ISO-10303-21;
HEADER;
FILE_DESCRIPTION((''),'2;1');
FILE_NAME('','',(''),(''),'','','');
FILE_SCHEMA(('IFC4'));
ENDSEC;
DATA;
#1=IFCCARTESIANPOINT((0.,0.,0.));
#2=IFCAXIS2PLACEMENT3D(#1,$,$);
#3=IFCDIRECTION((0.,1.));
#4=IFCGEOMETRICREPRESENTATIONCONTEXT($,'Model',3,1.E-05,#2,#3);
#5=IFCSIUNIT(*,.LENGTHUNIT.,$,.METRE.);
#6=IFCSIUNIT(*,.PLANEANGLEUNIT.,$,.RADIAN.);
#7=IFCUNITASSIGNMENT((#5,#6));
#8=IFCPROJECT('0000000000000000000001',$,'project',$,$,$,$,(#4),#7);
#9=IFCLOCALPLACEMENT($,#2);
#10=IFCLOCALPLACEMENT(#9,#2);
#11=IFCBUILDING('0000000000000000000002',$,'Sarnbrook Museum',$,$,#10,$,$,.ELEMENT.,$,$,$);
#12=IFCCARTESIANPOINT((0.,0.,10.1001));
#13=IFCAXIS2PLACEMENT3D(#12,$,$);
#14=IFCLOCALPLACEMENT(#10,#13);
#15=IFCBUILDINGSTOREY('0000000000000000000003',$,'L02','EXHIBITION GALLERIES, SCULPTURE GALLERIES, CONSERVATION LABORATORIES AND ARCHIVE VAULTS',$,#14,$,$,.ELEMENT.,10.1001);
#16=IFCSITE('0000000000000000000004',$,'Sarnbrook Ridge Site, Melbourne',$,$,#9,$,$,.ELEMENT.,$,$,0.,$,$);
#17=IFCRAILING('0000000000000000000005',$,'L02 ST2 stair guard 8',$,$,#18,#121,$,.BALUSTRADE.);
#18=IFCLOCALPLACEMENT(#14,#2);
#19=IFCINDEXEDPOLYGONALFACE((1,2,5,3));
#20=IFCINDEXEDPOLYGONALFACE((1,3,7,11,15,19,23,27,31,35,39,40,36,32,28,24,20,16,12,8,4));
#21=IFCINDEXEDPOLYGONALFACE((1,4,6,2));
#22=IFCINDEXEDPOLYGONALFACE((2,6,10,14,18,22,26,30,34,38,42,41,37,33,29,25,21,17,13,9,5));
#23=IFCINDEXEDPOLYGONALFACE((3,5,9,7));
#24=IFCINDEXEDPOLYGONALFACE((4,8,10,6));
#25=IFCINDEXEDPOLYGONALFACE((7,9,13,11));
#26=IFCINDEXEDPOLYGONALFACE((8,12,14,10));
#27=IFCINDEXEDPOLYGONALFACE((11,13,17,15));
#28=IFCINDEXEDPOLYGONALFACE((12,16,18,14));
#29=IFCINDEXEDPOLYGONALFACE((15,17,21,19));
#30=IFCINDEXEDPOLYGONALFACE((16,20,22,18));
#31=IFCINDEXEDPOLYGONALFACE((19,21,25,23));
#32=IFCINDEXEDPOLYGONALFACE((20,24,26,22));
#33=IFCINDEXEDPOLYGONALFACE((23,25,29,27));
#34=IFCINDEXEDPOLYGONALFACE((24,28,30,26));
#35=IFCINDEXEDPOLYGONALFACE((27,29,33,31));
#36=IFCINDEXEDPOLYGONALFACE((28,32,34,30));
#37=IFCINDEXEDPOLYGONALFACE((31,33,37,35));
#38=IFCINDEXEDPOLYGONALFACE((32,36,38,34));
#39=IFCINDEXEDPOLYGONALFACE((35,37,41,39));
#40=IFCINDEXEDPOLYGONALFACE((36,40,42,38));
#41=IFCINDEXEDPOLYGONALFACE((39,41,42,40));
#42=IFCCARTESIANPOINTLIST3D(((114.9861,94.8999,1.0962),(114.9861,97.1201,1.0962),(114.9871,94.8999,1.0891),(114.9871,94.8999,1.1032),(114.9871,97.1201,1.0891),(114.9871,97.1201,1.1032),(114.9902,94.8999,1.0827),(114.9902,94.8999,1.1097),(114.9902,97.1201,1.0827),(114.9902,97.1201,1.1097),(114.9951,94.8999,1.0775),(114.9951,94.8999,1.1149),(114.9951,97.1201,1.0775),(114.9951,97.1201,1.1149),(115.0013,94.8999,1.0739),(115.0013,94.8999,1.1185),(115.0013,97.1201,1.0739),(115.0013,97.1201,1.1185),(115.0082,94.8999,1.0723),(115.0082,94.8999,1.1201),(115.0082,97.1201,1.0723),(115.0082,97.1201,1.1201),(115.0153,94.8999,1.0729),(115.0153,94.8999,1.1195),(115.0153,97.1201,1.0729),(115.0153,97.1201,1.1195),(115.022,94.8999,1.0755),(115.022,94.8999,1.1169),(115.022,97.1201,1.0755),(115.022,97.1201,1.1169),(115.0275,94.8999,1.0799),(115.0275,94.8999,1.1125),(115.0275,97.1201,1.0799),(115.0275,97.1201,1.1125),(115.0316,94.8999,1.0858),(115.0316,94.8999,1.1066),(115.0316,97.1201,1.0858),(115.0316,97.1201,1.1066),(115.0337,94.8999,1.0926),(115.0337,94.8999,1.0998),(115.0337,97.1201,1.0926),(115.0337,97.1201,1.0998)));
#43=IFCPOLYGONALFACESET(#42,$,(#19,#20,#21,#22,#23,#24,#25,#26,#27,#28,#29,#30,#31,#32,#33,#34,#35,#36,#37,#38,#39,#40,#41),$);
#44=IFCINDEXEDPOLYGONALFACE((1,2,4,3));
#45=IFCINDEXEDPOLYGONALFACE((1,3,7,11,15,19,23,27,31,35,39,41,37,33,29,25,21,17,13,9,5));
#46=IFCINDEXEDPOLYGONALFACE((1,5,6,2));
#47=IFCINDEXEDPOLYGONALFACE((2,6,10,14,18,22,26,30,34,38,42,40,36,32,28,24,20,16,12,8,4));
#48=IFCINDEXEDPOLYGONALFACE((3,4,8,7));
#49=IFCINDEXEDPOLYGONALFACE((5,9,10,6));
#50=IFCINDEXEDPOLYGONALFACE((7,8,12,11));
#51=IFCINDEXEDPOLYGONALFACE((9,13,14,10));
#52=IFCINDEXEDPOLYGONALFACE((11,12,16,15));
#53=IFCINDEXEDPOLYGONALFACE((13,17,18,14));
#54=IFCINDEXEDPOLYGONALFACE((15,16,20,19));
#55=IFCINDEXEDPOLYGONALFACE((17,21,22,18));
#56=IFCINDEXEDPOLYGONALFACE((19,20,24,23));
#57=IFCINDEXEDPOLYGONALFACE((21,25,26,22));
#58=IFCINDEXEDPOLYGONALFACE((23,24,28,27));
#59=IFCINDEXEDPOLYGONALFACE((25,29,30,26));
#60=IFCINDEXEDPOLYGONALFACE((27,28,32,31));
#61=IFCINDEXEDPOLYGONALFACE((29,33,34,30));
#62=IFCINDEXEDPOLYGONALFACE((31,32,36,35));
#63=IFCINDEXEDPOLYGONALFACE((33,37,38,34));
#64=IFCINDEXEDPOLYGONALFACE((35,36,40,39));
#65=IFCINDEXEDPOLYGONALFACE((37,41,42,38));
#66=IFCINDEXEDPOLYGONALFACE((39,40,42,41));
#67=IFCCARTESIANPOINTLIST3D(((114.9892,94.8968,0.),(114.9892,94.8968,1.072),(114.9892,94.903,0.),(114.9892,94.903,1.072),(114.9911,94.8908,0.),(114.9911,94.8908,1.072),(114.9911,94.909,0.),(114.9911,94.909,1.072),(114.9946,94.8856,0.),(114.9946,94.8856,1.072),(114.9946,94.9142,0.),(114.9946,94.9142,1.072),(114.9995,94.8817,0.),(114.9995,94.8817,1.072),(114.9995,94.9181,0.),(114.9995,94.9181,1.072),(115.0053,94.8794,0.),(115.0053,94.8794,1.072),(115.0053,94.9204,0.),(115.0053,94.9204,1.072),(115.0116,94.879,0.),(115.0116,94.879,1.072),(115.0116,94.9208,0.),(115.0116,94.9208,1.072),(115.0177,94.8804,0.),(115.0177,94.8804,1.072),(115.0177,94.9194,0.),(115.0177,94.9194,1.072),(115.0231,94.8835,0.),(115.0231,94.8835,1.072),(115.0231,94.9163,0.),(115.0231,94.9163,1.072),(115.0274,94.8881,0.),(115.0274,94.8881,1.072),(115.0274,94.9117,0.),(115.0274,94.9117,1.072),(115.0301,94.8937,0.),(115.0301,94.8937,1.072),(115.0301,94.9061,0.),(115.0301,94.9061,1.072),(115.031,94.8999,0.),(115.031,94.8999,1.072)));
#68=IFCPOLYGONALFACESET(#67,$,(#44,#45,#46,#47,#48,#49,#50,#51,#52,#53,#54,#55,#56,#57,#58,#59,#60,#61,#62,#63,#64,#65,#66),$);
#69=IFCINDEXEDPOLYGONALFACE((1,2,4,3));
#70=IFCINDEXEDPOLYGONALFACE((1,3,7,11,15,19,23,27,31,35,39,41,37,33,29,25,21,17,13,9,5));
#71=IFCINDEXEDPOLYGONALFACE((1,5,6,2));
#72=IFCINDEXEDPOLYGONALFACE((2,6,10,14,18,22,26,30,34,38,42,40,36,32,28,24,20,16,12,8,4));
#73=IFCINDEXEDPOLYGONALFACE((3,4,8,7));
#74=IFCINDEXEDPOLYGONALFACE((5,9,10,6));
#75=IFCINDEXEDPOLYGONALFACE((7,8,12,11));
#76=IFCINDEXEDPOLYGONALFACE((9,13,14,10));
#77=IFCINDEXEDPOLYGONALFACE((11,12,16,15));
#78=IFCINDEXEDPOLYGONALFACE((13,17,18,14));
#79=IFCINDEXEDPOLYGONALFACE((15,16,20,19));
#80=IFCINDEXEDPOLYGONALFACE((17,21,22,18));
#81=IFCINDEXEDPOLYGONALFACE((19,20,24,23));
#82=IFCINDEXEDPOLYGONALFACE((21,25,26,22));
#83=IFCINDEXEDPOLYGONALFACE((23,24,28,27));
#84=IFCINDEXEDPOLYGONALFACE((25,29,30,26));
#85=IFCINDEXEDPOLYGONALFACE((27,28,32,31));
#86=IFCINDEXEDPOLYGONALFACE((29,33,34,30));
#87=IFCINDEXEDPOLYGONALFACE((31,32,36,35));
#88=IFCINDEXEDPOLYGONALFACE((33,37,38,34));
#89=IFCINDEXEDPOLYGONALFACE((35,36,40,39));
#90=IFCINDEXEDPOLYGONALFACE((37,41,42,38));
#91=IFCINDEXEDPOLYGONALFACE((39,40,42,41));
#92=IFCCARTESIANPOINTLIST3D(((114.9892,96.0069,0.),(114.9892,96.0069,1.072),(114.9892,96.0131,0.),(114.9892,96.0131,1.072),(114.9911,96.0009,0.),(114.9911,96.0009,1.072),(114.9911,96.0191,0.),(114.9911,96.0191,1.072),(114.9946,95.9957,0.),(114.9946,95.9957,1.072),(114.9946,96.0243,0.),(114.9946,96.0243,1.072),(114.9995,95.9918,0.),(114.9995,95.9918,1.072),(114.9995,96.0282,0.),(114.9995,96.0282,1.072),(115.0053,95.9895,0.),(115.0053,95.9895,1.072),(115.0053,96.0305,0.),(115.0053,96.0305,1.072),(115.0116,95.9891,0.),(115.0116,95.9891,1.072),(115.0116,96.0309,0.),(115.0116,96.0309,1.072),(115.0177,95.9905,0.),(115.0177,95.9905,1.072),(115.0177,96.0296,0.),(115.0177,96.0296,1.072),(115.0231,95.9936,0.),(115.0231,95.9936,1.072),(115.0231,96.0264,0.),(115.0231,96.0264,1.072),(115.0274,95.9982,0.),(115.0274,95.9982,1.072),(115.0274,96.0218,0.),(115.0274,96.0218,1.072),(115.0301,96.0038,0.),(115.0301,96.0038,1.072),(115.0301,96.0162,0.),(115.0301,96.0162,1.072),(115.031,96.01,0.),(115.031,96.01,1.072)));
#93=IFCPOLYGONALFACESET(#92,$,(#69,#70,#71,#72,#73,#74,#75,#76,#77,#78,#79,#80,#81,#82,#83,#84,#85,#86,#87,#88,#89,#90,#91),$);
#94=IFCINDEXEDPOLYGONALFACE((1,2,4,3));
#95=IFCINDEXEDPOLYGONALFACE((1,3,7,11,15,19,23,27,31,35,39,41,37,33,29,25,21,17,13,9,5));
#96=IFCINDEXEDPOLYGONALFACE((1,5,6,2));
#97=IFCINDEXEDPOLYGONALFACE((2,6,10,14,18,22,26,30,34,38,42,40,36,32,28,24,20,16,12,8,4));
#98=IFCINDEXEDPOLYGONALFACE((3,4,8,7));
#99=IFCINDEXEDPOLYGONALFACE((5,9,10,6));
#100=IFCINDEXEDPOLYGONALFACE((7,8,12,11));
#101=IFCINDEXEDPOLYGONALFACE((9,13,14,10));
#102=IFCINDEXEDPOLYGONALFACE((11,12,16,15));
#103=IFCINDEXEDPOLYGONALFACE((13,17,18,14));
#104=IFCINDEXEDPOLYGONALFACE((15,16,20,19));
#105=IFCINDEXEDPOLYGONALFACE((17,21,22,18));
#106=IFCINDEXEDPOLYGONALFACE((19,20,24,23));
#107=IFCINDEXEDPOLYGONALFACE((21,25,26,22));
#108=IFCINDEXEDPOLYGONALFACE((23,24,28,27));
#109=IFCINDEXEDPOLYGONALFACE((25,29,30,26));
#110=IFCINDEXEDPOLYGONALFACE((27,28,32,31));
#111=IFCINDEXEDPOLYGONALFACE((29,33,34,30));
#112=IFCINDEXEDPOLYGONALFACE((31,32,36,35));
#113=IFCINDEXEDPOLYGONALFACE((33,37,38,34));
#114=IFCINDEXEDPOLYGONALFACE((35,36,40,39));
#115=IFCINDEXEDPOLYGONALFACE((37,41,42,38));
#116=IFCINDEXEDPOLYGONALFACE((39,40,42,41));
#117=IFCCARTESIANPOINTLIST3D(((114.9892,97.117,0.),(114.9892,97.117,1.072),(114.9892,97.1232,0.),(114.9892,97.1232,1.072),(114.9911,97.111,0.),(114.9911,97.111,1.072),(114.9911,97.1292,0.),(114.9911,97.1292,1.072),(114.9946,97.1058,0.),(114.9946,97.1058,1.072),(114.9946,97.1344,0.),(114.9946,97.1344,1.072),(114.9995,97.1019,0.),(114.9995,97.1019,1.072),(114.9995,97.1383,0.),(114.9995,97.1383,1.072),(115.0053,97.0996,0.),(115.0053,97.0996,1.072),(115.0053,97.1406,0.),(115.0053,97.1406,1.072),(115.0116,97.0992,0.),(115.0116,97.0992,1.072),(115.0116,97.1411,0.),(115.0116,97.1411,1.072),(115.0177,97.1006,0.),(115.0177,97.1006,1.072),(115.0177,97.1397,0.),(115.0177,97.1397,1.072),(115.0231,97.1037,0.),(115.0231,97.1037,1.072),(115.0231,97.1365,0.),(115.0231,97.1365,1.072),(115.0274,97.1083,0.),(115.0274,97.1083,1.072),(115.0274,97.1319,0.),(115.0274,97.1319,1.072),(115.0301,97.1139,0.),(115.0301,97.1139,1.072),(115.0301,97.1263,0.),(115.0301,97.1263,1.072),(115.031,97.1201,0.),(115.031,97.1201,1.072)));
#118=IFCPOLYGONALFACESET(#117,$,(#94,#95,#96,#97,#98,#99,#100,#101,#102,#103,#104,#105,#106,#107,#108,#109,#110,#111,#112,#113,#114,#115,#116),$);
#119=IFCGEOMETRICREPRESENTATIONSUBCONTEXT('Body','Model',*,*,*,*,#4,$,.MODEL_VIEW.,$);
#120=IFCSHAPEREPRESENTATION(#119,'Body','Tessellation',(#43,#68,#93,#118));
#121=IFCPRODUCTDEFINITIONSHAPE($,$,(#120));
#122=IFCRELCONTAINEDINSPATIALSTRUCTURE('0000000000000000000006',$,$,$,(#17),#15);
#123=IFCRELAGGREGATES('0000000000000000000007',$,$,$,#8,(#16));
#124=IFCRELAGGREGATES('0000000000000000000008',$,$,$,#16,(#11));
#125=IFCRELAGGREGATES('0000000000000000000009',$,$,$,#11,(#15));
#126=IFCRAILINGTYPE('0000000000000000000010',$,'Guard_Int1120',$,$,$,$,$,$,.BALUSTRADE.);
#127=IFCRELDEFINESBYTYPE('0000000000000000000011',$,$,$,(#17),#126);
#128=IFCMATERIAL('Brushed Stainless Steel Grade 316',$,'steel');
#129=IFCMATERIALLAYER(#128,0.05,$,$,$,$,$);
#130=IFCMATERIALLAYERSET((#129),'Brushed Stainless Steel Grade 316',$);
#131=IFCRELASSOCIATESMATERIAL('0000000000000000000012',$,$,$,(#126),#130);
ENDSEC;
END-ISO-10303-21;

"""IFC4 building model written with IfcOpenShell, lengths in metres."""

from ifc_helpers import new_model, si_unit, direction, frame, origin, origin_2d, place, context, subcontext, project, spatial, circle, extrude, material, layer, layer_set, type_object, element, save


model = new_model("IFC4")

# Units and contexts
model_context = context("Model", 3, precision=1e-05, world=origin(), true_north=direction((0.0, 1.0)))
body_context = subcontext(model_context, "Body", "Model", "MODEL_VIEW")
ifc_project = project(units=[si_unit("LENGTHUNIT", "METRE"), si_unit("PLANEANGLEUNIT", "RADIAN")], contexts=[model_context])

# Site, building, storey
site_placement = place(None, origin())
site = spatial("IfcSite", under=ifc_project, at=site_placement, Name="Sarnbrook Ridge Site, Melbourne", CompositionType="ELEMENT", RefElevation=0.0)
building_placement = place(site_placement, origin())
building = spatial("IfcBuilding", under=site, at=building_placement, Name="Sarnbrook Museum", CompositionType="ELEMENT")
storey_placement = place(building_placement, frame((0.0, 0.0, 10.1001)))
storey = spatial("IfcBuildingStorey", under=building, at=storey_placement, Name="L02", Description="EXHIBITION GALLERIES, SCULPTURE GALLERIES, CONSERVATION LABORATORIES AND ARCHIVE VAULTS", CompositionType="ELEMENT", Elevation=10.1001)

# Railing
ifc_material_1 = material(Name="Brushed Stainless Steel Grade 316", Category="steel")
ifc_layer_1 = layer(ifc_material_1, 0.05)
ifc_layer_set_1 = layer_set([ifc_layer_1], Name="Brushed Stainless Steel Grade 316")
railing_type = type_object("IfcRailingType", Name="Guard_Int1120", PredefinedType="BALUSTRADE", material=ifc_layer_set_1)
for number, where, name in (
    (1, (115.01, 94.8999, 0.0), "L02 ST2 stair guard 8"),
):
    element("IfcRailing", number, at=place(storey_placement, frame(where)), inside=storey, type_object=railing_type, Name=name, PredefinedType="BALUSTRADE", context=body_context, shape_type="SweptSolid", body=[
        extrude(circle(Radius=0.0239, at=origin_2d()), frame((0.0, 0.0, 1.0962), z_axis=(0.0, 1.0, 0.0), x_axis=(-1.0, 0.0, 0.0)), (0.0, 0.0, 1.0), 2.2202),
        extrude(circle(Radius=0.021, at=origin_2d()), origin(), (0.0, 0.0, 1.0), 1.072),
        extrude(circle(Radius=0.021, at=origin_2d()), frame((0.0, 1.1101, 0.0)), (0.0, 0.0, 1.0), 1.072),
        extrude(circle(Radius=0.021, at=origin_2d()), frame((0.0, 2.2202, 0.0)), (0.0, 0.0, 1.0), 1.072),
    ])

save(model, "model.ifc")
